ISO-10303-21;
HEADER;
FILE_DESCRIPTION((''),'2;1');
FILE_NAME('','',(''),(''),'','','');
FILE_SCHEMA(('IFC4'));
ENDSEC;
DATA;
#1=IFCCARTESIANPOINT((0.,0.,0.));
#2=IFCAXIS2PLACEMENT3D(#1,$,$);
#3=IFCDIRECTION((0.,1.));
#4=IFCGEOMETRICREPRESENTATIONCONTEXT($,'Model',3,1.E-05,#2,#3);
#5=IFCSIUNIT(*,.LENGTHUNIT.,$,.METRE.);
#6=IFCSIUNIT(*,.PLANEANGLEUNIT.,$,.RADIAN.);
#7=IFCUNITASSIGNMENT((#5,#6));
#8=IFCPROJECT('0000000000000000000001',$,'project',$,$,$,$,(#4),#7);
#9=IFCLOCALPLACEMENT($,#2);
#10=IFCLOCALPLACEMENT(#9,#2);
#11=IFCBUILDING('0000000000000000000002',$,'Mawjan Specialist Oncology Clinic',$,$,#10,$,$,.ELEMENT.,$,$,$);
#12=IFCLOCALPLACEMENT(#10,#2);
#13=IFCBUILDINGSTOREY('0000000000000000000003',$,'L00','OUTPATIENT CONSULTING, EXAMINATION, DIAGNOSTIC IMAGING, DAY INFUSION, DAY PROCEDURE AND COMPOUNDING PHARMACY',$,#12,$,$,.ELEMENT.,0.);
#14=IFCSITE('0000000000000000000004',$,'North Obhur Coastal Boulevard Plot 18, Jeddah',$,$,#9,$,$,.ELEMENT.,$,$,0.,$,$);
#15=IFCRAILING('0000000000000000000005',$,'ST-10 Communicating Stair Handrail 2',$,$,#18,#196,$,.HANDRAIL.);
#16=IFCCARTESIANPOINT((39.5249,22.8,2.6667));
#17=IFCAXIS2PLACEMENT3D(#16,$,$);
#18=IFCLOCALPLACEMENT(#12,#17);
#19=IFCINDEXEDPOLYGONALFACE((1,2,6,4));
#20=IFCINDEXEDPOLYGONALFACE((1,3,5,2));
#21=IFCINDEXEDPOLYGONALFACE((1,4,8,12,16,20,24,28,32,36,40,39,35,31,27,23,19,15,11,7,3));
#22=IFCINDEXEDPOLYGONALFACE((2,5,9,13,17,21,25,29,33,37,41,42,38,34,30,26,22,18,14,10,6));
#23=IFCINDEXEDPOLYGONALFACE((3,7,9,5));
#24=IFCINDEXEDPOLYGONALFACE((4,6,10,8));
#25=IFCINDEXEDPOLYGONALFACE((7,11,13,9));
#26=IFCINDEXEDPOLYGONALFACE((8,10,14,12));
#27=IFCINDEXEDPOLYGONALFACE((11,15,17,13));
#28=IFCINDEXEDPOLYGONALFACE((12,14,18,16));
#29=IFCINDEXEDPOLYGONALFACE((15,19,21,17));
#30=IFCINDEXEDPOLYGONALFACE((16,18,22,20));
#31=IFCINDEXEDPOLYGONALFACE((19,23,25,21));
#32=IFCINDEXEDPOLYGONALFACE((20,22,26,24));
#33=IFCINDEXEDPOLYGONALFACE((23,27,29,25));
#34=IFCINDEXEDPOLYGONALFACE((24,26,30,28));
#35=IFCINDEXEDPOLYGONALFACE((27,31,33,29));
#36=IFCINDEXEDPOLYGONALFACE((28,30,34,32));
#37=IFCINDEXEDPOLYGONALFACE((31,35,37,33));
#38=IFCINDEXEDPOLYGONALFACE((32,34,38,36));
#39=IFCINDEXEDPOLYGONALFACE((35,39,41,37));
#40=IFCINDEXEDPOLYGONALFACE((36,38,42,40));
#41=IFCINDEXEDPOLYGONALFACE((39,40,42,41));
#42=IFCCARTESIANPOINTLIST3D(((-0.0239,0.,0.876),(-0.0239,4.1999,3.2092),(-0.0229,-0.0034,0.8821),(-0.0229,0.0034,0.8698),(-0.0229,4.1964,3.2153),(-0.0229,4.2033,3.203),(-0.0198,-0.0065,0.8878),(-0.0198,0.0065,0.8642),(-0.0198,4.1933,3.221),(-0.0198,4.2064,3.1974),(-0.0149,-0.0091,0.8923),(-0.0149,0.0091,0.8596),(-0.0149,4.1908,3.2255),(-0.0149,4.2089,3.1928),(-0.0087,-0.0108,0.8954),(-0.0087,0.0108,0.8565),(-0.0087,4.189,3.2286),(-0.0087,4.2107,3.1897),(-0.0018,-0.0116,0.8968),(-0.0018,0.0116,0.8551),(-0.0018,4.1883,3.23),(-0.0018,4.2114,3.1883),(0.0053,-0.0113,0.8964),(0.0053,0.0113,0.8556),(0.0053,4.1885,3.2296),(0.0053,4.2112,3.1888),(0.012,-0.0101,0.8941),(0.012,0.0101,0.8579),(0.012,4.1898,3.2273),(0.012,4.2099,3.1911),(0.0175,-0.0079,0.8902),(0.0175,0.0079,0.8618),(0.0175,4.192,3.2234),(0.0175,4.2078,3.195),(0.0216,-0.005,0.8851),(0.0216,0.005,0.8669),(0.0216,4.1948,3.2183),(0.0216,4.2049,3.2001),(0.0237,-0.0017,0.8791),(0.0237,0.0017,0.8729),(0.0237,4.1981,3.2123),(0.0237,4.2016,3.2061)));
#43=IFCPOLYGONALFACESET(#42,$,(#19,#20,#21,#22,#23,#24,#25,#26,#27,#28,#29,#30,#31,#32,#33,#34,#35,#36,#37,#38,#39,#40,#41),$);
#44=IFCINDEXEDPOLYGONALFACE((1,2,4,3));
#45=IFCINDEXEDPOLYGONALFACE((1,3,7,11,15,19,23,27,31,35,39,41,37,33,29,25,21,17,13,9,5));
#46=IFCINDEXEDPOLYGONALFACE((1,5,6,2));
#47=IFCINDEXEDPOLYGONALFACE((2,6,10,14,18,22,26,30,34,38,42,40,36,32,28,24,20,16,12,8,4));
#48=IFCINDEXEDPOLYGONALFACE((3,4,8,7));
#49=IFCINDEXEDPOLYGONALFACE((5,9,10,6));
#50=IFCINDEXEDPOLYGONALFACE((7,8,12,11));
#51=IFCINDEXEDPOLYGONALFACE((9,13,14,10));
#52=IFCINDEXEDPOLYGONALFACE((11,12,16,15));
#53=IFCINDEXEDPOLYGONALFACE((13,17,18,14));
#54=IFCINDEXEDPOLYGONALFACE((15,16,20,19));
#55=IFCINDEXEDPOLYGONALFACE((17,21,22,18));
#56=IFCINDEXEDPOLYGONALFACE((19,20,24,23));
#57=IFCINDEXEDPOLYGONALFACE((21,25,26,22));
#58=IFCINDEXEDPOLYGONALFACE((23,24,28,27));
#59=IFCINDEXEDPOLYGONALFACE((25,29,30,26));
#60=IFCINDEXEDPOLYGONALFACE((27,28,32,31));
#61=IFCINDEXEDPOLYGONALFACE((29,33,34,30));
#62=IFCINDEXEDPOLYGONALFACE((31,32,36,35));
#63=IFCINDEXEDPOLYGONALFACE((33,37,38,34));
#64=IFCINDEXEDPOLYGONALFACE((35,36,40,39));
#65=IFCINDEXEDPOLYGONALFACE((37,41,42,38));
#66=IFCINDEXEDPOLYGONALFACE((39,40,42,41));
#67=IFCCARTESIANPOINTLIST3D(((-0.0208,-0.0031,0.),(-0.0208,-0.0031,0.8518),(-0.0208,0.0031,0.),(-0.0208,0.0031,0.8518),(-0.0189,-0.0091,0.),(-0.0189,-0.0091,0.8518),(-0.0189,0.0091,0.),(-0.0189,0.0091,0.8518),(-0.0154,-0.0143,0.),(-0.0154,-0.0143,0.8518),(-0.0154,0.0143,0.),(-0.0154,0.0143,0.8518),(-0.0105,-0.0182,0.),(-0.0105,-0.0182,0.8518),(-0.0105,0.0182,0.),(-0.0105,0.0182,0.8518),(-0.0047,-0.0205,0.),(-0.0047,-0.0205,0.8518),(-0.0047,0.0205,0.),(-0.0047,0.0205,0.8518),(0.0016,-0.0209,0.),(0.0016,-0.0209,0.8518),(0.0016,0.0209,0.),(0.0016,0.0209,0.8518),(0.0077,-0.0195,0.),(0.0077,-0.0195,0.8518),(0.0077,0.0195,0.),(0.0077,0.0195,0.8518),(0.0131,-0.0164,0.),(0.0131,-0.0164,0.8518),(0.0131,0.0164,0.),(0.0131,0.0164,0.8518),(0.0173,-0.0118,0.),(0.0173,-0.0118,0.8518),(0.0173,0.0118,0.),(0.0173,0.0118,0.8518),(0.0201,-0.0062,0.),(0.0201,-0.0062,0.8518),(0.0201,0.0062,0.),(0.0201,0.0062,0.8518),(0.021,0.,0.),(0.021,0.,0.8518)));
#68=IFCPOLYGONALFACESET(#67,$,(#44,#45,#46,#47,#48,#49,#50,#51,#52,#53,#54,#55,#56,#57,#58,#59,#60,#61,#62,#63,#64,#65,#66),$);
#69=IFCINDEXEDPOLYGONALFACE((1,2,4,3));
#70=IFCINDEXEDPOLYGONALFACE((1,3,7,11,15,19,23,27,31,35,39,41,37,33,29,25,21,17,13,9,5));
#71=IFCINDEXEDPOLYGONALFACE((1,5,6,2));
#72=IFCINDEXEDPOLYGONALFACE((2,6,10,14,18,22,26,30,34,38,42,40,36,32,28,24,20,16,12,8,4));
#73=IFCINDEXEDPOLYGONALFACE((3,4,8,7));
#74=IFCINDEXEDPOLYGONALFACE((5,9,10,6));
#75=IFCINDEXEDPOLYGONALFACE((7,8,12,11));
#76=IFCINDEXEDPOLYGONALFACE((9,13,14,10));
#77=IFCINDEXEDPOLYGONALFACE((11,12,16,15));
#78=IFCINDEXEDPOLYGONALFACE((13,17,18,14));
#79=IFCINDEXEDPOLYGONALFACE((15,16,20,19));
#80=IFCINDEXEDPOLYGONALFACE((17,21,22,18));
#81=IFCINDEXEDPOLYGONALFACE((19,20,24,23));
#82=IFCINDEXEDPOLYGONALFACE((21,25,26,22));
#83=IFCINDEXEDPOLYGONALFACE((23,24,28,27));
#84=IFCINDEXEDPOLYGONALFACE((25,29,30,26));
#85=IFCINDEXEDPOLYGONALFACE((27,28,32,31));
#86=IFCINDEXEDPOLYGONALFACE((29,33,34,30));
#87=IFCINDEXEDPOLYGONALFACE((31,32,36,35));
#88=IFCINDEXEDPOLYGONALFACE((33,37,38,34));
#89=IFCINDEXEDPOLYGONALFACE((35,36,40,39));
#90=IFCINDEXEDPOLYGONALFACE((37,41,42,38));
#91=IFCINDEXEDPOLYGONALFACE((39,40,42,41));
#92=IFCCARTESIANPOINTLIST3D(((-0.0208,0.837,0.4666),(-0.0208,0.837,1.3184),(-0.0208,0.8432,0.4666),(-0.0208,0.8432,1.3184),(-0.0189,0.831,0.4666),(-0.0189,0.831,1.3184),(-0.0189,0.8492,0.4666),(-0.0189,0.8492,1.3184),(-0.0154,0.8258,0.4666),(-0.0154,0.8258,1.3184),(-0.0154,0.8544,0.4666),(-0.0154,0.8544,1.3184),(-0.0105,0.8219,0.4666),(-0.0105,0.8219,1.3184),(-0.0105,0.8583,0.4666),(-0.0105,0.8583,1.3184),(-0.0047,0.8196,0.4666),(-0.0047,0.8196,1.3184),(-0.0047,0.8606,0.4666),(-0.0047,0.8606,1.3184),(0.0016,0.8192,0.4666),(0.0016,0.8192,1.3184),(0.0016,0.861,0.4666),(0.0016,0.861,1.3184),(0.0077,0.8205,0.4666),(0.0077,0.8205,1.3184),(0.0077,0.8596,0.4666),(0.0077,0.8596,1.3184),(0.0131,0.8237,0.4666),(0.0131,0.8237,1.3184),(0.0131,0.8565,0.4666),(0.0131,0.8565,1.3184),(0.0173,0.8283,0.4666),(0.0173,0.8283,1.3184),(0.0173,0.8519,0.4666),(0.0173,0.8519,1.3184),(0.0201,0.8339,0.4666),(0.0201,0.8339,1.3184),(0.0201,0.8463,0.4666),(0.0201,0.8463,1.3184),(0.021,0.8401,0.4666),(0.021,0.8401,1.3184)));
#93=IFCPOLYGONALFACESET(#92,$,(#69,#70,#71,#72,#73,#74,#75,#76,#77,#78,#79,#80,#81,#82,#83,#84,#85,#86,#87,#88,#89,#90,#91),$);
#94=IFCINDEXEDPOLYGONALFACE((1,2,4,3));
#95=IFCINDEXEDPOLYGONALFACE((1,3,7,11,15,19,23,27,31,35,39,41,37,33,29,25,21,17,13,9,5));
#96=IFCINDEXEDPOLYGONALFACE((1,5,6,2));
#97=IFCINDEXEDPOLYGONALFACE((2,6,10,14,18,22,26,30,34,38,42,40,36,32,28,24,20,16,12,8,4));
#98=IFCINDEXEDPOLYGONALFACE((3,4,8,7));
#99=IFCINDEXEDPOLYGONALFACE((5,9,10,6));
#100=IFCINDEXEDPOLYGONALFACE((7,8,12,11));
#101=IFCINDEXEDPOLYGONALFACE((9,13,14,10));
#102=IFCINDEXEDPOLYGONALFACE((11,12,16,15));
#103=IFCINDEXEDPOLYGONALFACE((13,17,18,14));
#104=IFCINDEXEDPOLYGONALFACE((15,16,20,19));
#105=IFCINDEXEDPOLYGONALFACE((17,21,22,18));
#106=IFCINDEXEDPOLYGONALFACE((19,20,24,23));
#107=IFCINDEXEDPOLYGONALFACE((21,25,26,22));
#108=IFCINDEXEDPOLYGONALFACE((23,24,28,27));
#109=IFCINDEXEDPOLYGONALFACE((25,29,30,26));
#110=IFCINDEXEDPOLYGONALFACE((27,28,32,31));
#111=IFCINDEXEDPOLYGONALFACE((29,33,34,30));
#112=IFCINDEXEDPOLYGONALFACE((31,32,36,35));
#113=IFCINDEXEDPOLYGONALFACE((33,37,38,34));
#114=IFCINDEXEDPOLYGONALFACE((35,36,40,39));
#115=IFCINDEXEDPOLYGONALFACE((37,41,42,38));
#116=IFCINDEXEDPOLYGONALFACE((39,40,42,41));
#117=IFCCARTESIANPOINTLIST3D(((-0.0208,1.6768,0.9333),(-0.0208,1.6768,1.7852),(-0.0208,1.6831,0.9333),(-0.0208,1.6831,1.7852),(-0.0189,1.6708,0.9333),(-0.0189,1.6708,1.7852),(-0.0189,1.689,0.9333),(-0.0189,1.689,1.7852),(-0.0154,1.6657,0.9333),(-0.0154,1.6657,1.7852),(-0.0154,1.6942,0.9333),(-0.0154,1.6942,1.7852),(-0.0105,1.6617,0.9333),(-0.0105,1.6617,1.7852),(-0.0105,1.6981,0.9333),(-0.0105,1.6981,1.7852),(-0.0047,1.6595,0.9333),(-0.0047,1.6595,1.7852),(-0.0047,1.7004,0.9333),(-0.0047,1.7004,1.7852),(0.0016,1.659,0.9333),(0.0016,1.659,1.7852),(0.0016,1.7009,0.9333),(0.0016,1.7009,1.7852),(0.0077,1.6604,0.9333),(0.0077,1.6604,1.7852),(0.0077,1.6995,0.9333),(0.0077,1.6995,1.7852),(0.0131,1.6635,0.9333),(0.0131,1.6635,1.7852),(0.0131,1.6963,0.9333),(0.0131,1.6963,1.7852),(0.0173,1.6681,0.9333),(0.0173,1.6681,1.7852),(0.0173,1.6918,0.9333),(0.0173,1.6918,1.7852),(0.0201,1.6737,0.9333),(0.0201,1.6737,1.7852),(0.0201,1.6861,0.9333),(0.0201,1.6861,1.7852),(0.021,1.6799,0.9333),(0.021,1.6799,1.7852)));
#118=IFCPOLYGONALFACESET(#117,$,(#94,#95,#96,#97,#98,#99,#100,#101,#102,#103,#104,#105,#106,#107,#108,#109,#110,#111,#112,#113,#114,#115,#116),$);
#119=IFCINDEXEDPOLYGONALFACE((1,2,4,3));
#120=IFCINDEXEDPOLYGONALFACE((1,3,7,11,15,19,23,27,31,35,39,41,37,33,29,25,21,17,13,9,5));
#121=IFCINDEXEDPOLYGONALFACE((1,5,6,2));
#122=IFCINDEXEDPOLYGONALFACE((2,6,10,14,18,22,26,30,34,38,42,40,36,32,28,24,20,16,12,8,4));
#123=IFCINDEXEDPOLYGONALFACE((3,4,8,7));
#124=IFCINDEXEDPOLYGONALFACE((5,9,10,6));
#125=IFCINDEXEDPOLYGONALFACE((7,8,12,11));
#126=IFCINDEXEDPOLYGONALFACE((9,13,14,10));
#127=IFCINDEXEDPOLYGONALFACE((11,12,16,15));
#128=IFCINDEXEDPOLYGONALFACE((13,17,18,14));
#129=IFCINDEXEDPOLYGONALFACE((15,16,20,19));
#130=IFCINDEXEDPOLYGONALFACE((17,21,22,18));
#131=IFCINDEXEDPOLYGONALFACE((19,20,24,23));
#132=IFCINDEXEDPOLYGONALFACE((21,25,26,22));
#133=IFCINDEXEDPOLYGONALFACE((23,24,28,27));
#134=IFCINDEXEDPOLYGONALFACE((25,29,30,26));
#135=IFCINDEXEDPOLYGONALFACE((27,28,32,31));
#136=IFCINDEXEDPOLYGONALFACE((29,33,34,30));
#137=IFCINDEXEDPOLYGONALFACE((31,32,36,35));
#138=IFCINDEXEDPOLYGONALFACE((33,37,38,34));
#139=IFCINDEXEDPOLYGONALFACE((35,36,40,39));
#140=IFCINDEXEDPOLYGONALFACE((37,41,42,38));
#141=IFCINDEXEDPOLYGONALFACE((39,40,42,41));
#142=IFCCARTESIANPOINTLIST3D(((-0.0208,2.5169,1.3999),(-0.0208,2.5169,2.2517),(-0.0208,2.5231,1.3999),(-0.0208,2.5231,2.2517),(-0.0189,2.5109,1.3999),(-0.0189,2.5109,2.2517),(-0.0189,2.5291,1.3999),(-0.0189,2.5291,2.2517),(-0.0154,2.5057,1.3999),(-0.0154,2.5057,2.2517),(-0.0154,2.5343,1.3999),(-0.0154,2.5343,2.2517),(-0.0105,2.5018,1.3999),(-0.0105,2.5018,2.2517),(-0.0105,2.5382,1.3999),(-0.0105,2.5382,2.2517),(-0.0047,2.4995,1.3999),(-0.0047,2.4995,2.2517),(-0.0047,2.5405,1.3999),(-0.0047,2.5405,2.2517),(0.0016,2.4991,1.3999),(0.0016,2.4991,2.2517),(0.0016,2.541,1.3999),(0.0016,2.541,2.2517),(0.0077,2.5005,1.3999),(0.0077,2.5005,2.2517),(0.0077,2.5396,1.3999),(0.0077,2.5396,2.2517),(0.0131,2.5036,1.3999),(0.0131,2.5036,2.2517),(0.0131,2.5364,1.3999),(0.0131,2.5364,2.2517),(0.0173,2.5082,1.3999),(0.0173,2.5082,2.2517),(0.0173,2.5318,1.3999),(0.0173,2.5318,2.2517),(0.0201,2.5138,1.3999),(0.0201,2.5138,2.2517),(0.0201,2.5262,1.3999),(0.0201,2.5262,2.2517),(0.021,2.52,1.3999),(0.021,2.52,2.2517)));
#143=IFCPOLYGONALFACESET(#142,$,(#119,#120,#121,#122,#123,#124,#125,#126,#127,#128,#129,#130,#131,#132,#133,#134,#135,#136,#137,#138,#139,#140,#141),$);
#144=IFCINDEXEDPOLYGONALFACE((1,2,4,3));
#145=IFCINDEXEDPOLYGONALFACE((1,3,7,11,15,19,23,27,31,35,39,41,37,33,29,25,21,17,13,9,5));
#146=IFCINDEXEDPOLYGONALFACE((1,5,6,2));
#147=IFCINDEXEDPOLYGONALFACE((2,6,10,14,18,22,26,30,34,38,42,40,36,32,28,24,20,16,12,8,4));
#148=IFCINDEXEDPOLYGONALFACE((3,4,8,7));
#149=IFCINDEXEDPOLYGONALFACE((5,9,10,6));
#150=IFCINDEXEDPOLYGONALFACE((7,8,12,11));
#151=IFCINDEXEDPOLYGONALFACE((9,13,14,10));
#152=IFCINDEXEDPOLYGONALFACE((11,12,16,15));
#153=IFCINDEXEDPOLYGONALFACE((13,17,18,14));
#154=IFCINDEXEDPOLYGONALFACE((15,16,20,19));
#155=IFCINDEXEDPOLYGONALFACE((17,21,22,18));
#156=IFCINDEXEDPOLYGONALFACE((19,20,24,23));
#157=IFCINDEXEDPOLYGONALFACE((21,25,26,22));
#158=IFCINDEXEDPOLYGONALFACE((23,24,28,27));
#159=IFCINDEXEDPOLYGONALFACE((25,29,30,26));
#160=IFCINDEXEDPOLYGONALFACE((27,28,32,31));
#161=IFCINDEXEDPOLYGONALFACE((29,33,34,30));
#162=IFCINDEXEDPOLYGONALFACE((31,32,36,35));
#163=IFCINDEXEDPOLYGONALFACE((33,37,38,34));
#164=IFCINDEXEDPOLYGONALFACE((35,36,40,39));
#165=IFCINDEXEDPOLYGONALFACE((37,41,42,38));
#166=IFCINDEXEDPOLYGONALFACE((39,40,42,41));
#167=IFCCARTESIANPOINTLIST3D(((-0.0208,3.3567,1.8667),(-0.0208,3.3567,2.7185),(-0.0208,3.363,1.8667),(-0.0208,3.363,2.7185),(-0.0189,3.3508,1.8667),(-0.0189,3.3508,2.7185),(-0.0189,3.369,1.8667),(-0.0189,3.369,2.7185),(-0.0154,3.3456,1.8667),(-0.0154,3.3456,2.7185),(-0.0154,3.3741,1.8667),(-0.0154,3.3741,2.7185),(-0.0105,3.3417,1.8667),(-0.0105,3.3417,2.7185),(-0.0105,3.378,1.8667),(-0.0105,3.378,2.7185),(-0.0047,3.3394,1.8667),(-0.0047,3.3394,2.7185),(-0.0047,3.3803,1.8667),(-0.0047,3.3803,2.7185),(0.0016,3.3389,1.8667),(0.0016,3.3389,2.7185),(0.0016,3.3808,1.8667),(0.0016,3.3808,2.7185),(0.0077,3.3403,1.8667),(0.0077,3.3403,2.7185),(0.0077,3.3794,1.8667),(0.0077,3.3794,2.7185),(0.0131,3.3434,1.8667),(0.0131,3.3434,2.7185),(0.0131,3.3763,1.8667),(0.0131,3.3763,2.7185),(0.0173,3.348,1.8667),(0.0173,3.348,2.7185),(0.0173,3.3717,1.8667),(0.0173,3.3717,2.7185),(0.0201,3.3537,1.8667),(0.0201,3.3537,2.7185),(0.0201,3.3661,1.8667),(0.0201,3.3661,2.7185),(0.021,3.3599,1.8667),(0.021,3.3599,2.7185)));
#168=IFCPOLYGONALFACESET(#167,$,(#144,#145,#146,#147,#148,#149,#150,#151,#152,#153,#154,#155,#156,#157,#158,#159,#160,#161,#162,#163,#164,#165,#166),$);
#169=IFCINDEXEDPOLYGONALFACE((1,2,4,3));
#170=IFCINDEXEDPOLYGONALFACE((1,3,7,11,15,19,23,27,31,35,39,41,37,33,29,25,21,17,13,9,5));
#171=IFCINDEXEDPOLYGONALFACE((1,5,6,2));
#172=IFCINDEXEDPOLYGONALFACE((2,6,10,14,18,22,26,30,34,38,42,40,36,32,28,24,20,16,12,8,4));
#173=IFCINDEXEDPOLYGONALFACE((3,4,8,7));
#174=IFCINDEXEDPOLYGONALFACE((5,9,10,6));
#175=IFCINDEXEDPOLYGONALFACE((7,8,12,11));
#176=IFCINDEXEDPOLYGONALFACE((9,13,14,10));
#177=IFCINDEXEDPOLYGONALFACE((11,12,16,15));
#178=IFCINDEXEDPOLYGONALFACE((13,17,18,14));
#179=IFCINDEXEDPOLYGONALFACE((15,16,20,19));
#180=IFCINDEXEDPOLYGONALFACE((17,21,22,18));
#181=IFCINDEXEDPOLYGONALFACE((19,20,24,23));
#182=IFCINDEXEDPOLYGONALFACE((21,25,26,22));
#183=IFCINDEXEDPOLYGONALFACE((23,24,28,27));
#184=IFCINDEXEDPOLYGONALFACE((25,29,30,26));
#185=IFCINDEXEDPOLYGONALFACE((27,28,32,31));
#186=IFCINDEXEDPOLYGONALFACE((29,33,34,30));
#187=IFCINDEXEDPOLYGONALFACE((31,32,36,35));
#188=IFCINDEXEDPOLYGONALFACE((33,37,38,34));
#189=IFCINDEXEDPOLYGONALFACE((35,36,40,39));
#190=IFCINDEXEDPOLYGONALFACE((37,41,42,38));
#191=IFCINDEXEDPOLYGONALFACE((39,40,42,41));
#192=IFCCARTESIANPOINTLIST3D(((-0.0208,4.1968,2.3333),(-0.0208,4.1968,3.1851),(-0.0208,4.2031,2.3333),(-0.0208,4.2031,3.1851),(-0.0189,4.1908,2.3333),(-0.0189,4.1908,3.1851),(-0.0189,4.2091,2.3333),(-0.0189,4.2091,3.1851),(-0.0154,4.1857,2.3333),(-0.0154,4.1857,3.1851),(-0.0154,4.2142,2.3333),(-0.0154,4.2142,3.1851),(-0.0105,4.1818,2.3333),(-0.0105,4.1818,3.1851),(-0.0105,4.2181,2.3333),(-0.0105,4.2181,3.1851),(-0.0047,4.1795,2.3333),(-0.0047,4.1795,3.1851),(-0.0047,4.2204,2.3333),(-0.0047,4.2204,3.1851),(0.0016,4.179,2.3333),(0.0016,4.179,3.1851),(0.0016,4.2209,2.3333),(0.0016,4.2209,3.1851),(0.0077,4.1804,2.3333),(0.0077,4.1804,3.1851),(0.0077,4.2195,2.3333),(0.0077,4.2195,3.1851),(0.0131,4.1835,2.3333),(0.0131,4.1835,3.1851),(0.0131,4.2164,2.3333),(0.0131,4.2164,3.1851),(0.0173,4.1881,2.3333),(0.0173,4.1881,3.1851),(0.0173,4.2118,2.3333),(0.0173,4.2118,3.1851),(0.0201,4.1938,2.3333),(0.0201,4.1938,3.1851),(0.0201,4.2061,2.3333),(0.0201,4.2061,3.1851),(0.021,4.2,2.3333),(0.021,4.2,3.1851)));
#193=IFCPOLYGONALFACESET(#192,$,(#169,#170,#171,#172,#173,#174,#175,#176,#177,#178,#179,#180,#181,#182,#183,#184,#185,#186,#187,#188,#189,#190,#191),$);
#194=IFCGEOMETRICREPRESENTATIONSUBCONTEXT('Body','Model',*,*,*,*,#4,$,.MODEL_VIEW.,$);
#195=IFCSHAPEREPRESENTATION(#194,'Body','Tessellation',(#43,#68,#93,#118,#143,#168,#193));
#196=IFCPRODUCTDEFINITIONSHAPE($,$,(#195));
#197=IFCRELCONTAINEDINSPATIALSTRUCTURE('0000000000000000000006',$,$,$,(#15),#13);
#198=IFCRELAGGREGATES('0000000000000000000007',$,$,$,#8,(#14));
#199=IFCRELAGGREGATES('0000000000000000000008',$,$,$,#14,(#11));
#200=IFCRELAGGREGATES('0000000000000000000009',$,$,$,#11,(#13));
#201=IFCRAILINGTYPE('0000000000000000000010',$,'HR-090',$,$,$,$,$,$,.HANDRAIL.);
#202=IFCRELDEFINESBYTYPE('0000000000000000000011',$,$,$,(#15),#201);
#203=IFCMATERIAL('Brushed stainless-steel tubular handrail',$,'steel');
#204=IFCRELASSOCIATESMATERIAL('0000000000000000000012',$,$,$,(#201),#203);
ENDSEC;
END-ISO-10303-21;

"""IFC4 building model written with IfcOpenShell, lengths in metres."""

from ifc_helpers import new_model, si_unit, direction, frame, origin, origin_2d, place, context, subcontext, project, spatial, circle, extrude, material, type_object, element, save


model = new_model("IFC4")

# Units and contexts
model_context = context("Model", 3, precision=1e-05, world=origin(), true_north=direction((0.0, 1.0)))
body_context = subcontext(model_context, "Body", "Model", "MODEL_VIEW")
ifc_project = project(units=[si_unit("LENGTHUNIT", "METRE"), si_unit("PLANEANGLEUNIT", "RADIAN")], contexts=[model_context])

# Site, building, storey
site_placement = place(None, origin())
site = spatial("IfcSite", under=ifc_project, at=site_placement, Name="North Obhur Coastal Boulevard Plot 18, Jeddah", CompositionType="ELEMENT", RefElevation=0.0)
building_placement = place(site_placement, origin())
building = spatial("IfcBuilding", under=site, at=building_placement, Name="Mawjan Specialist Oncology Clinic", CompositionType="ELEMENT")
storey_placement = place(building_placement, origin())
storey = spatial("IfcBuildingStorey", under=building, at=storey_placement, Name="L00", Description="OUTPATIENT CONSULTING, EXAMINATION, DIAGNOSTIC IMAGING, DAY INFUSION, DAY PROCEDURE AND COMPOUNDING PHARMACY", CompositionType="ELEMENT", Elevation=0.0)

# Railing
ifc_material_1 = material(Name="Brushed stainless-steel tubular handrail", Category="steel")
railing_type = type_object("IfcRailingType", Name="HR-090", PredefinedType="HANDRAIL", material=ifc_material_1)
for number, where, name in (
    (1, (39.5249, 22.8, 2.6667), "ST-10 Communicating Stair Handrail 2"),
):
    element("IfcRailing", number, at=place(storey_placement, frame(where)), inside=storey, type_object=railing_type, Name=name, PredefinedType="HANDRAIL", context=body_context, shape_type="SweptSolid", body=[
        extrude(circle(Radius=0.0239, at=origin_2d()), frame((0.0, 0.0, 0.876), z_axis=(0.0, 0.874162, 0.485634), x_axis=(-1.0, 0.0, 0.0)), (0.0, 0.0, 1.0), 4.8044),
        extrude(circle(Radius=0.021, at=origin_2d()), origin(), (0.0, 0.0, 1.0), 0.8518),
        extrude(circle(Radius=0.021, at=origin_2d()), frame((0.0, 0.8401, 0.4666)), (0.0, 0.0, 1.0), 0.8518),
        extrude(circle(Radius=0.021, at=origin_2d()), frame((0.0, 1.6799, 0.9333)), (0.0, 0.0, 1.0), 0.8518),
        extrude(circle(Radius=0.021, at=origin_2d()), frame((0.0, 2.52, 1.3999)), (0.0, 0.0, 1.0), 0.8518),
        extrude(circle(Radius=0.021, at=origin_2d()), frame((0.0, 3.3599, 1.8667)), (0.0, 0.0, 1.0), 0.8518),
        extrude(circle(Radius=0.021, at=origin_2d()), frame((0.0, 4.2, 2.3333)), (0.0, 0.0, 1.0), 0.8518),
    ])

save(model, "model.ifc")
